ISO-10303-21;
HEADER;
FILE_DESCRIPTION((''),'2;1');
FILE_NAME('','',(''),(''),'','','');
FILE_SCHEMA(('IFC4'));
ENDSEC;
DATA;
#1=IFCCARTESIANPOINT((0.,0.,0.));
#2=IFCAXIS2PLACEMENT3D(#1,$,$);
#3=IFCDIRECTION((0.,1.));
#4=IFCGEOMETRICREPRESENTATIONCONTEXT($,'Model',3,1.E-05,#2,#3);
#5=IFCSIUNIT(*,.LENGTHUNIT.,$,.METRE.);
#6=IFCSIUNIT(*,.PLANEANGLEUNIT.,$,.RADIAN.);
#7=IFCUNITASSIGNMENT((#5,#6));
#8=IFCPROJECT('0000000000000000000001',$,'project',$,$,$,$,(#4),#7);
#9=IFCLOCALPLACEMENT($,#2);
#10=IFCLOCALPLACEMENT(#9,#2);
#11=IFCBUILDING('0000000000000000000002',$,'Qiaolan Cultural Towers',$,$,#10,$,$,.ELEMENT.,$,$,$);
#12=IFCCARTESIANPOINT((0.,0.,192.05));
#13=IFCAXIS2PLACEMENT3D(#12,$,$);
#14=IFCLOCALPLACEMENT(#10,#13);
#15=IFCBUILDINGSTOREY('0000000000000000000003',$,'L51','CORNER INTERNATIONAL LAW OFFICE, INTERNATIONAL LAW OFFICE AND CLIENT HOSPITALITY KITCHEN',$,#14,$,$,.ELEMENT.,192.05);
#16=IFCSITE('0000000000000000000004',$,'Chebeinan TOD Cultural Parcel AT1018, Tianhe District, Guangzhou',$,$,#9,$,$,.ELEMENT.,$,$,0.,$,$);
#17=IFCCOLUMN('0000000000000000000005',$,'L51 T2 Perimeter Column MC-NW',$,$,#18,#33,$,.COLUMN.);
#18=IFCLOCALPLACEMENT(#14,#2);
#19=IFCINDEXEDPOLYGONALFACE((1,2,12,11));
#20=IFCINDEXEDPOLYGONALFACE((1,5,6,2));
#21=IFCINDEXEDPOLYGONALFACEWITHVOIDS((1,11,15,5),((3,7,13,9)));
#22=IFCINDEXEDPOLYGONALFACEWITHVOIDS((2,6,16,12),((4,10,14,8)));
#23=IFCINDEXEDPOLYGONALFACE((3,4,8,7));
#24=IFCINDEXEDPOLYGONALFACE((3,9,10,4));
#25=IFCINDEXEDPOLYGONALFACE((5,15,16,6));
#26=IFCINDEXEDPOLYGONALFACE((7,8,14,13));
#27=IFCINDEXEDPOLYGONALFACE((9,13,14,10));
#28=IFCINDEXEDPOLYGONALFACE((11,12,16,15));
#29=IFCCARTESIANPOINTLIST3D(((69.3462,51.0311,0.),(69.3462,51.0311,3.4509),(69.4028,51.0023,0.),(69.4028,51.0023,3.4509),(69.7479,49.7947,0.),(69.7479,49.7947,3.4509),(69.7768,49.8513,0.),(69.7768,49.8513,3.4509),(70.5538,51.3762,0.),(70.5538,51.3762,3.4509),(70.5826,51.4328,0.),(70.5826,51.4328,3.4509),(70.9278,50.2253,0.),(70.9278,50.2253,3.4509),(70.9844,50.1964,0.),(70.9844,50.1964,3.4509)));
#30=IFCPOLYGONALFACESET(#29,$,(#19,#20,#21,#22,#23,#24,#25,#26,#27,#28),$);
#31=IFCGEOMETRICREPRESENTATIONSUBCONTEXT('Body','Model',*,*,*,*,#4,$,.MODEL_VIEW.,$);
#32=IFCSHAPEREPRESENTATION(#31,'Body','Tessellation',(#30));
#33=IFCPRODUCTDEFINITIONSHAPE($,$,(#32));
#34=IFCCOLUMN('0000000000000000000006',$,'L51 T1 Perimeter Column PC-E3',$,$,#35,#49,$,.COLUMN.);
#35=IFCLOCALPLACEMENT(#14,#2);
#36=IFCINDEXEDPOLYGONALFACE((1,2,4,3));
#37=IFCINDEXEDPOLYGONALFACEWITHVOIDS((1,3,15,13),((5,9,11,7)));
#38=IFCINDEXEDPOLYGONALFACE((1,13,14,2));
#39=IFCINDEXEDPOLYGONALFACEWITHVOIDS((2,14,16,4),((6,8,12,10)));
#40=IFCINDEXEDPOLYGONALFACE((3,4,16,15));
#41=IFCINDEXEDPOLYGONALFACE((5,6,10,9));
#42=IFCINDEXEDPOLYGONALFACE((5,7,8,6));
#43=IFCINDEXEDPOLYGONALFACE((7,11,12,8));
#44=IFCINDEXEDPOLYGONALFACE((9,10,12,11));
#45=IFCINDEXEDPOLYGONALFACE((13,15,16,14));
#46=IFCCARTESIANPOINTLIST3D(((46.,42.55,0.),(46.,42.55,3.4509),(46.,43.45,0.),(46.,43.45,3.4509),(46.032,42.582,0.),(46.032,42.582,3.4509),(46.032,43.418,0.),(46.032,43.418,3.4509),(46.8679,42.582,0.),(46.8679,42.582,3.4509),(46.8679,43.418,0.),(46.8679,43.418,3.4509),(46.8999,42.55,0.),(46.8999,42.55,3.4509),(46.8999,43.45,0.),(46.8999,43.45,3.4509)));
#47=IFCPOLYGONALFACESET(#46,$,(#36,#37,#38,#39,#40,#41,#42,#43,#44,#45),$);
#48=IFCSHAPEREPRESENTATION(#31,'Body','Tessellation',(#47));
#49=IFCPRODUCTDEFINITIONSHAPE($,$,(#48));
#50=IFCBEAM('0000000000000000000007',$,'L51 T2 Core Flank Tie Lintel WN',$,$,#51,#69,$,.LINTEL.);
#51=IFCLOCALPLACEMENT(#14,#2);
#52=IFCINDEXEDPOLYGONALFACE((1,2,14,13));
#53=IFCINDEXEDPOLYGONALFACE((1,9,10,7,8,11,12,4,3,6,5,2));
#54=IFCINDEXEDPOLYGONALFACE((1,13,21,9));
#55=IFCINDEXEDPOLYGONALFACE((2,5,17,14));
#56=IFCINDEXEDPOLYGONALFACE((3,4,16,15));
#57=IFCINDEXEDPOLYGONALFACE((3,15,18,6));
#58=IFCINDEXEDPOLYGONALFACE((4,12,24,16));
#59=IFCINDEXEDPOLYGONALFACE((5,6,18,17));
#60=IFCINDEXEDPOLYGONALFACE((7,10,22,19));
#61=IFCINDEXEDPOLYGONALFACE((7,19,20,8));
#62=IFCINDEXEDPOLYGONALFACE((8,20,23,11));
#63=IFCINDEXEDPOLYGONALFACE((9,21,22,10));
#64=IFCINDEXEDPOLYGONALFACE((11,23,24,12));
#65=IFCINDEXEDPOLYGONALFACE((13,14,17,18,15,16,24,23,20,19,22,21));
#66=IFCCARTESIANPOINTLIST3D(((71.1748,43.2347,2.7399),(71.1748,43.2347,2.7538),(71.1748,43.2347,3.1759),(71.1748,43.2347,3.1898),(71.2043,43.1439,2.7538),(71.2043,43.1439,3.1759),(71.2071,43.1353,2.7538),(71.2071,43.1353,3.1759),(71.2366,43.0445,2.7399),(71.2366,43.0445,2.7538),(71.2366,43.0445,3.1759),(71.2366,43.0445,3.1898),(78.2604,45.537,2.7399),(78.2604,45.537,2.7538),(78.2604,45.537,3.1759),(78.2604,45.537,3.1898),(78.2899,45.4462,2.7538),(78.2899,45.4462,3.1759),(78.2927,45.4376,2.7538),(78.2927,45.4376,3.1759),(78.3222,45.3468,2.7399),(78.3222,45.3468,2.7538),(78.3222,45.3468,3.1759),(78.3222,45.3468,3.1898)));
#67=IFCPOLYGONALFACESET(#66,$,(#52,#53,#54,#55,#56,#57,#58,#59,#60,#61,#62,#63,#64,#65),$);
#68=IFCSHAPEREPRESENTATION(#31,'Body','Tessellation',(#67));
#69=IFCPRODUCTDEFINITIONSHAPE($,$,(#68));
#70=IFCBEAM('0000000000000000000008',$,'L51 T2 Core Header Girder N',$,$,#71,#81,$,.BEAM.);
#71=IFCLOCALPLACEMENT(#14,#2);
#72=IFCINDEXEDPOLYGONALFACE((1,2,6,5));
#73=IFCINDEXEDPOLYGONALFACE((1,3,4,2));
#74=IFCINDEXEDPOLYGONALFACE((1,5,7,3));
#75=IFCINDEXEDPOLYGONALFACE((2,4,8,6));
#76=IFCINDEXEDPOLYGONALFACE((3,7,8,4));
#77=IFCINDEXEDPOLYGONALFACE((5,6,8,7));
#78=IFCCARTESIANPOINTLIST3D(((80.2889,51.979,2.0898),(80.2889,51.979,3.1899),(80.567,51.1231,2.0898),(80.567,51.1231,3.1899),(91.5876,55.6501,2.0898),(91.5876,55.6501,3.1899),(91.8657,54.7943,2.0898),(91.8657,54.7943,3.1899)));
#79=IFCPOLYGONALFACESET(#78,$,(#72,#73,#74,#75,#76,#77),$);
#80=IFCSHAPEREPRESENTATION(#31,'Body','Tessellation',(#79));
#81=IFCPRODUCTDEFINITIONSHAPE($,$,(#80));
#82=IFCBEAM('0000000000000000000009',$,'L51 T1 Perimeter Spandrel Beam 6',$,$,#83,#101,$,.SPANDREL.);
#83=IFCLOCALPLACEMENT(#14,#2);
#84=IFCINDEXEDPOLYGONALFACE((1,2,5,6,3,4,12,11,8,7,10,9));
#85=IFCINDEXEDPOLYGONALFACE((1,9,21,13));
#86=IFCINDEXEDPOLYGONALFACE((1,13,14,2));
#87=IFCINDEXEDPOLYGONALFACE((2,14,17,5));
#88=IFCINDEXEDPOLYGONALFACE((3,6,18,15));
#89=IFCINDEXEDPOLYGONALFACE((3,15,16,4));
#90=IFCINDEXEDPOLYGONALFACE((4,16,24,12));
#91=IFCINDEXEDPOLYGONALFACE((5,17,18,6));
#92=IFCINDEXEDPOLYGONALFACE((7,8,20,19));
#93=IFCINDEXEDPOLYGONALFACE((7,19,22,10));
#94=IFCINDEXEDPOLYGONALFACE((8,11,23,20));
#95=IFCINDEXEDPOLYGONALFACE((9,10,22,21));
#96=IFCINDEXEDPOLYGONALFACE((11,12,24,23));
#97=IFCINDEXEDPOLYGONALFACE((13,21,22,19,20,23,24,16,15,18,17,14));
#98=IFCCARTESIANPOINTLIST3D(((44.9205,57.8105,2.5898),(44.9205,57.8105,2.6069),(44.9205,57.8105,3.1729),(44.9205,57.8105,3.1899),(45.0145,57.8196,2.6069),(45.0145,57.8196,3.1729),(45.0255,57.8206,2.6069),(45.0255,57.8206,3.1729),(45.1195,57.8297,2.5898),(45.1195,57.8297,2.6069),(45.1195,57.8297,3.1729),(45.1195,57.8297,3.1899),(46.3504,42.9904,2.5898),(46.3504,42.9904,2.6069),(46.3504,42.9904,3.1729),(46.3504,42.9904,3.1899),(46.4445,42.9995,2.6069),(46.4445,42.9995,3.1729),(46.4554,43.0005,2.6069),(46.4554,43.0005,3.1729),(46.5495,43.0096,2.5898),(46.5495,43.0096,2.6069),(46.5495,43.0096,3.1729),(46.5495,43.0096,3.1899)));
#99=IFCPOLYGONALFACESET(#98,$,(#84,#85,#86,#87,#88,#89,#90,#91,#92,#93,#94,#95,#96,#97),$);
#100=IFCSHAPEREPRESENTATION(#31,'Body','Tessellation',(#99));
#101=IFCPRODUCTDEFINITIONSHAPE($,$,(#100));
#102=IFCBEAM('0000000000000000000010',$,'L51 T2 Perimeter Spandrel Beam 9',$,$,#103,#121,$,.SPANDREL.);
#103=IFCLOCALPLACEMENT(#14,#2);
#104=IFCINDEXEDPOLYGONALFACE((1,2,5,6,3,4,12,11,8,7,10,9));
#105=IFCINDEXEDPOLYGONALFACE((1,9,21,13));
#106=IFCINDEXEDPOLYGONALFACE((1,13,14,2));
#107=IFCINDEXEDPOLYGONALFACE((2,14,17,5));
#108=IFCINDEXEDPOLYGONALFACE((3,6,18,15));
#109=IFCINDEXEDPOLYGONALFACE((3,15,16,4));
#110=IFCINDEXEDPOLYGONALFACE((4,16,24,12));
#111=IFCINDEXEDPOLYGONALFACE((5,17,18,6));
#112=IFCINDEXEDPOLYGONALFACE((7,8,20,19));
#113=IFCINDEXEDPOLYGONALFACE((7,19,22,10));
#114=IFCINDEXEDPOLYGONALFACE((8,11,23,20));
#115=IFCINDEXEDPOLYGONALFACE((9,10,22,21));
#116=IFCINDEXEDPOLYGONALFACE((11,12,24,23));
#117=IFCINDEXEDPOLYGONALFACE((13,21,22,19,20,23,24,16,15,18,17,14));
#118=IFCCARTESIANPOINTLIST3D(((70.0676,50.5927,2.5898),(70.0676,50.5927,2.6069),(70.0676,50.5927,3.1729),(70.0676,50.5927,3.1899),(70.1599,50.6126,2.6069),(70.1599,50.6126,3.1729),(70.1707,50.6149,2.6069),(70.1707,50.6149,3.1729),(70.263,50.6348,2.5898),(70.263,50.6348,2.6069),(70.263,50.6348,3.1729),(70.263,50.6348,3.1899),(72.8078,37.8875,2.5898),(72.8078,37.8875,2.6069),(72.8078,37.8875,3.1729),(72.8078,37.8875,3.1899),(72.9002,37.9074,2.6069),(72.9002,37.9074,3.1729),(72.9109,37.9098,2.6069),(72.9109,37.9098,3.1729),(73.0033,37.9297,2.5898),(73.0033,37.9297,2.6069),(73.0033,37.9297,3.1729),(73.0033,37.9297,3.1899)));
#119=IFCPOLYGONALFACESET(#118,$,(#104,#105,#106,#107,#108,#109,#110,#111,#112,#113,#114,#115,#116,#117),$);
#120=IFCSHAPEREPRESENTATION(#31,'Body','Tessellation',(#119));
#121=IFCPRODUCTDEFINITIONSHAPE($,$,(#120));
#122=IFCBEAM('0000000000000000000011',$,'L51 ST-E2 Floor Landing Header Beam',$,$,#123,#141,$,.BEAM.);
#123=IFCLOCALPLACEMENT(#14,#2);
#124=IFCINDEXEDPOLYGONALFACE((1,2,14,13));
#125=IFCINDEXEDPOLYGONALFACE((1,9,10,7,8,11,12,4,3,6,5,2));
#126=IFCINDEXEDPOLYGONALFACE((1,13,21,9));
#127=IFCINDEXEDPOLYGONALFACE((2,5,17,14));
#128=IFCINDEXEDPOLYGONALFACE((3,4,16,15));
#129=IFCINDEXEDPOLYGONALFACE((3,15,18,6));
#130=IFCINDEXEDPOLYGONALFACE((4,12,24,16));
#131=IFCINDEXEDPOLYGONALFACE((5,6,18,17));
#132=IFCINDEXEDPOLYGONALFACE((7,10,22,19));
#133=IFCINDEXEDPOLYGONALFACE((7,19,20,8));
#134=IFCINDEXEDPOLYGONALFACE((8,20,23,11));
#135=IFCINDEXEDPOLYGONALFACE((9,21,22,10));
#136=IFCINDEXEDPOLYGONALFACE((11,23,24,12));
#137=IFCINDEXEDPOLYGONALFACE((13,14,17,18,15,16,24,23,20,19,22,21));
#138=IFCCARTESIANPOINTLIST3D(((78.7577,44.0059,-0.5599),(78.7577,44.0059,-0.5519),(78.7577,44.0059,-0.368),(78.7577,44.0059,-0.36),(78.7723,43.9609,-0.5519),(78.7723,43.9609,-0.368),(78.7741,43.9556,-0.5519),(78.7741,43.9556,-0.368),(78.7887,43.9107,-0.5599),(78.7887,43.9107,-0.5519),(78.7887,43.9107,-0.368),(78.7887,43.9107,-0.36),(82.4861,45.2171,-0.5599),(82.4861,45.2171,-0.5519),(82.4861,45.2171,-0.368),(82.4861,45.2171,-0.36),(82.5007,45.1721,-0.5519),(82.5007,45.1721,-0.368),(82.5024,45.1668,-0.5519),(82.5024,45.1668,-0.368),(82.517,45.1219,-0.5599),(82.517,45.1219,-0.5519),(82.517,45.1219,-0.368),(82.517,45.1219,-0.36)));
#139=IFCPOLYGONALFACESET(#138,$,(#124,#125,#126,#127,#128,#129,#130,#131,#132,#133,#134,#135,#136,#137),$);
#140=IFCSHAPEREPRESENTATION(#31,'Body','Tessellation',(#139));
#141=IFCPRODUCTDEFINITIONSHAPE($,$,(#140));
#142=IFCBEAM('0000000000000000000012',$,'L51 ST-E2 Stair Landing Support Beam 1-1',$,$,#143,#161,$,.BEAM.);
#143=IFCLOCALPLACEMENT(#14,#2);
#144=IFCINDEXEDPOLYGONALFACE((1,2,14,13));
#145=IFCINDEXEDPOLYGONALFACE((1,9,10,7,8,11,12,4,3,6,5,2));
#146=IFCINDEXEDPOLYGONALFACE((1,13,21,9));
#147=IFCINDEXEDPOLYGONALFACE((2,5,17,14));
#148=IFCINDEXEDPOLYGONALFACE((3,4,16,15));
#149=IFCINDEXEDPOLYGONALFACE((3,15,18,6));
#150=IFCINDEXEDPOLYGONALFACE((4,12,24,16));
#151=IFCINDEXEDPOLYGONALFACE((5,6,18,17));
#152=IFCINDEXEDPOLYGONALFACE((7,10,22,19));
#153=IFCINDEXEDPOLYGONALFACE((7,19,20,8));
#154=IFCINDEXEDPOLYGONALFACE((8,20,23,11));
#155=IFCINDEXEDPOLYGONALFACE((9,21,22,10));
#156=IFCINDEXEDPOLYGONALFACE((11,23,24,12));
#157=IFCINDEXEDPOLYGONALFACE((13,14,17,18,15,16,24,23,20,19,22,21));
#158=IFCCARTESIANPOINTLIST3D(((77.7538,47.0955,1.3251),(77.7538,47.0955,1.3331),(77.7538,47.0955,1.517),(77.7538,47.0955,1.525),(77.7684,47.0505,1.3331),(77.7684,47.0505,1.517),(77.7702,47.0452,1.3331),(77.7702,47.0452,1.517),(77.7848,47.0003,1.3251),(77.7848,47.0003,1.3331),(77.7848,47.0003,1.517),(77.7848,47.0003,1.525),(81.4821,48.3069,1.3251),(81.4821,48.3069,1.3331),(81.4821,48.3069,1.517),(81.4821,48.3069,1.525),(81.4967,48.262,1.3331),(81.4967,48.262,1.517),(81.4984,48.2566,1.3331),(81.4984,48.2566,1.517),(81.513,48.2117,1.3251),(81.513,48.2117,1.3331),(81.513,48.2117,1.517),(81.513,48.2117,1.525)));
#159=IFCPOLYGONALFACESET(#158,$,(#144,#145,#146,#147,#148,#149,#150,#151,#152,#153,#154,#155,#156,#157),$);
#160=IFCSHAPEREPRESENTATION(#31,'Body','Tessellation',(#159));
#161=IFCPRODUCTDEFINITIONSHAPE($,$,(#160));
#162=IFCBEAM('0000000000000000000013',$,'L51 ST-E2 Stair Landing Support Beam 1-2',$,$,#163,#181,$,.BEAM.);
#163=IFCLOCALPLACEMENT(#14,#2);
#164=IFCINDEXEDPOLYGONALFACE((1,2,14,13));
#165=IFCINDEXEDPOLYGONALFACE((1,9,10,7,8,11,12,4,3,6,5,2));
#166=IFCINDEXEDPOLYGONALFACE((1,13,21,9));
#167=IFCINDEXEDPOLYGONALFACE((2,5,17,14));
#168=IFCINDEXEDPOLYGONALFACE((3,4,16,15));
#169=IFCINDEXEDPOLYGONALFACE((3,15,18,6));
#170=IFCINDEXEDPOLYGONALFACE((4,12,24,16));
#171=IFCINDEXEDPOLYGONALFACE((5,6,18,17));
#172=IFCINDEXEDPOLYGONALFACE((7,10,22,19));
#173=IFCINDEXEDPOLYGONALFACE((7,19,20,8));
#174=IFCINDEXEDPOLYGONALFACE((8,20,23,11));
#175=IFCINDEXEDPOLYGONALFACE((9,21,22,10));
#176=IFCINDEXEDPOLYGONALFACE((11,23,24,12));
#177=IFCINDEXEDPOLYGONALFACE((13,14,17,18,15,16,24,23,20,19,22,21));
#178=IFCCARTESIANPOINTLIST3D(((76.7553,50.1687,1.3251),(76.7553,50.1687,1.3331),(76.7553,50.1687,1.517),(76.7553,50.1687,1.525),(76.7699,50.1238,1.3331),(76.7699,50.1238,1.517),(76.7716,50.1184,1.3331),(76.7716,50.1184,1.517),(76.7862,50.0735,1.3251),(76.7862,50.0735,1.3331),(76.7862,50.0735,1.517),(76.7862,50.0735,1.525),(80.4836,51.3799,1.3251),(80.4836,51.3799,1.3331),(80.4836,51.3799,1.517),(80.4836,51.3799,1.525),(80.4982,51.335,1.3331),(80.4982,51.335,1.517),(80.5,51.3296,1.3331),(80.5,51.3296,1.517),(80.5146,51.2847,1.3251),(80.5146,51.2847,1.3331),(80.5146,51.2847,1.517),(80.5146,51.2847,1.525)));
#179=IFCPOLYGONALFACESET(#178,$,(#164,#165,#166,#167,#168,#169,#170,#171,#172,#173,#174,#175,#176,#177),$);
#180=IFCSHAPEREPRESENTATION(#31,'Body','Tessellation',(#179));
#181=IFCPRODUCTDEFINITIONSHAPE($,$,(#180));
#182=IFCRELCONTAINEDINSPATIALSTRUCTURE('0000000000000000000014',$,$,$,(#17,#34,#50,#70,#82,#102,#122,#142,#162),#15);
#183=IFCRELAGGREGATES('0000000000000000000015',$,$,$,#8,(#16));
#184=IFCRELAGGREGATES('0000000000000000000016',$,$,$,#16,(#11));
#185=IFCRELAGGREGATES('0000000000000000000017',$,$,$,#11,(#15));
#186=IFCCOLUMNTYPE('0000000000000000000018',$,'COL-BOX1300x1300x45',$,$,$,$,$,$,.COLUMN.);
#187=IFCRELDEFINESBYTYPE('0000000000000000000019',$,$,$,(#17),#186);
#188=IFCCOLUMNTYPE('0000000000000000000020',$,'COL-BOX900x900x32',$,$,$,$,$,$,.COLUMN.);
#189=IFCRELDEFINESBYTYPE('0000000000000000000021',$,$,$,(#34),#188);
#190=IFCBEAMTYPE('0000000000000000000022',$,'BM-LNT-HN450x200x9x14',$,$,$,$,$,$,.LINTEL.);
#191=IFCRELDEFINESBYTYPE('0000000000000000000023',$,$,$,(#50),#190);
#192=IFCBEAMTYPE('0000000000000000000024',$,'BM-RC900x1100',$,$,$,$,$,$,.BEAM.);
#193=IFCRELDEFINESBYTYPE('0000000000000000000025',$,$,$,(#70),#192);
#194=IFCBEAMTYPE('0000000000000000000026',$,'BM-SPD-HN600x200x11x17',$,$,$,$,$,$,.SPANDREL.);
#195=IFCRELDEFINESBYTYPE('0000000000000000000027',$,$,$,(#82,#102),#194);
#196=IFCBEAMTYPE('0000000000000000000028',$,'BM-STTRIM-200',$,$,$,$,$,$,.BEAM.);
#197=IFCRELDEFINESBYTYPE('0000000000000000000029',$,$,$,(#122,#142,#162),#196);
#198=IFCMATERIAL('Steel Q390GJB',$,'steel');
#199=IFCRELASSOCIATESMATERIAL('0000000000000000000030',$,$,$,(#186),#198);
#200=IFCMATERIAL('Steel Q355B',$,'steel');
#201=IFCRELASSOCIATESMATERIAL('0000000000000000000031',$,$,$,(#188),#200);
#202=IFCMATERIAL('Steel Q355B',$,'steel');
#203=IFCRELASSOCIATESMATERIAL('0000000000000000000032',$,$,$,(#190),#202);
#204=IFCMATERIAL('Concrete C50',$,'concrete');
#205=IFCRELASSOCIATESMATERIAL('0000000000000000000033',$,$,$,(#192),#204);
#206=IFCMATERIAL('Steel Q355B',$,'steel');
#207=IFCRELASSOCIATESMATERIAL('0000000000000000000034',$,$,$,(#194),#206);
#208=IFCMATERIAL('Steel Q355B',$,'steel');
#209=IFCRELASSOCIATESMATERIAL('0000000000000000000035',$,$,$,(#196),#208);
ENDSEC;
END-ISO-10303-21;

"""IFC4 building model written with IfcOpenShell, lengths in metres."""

from ifc_helpers import new_model, si_unit, direction, frame, origin, origin_2d, place, context, subcontext, project, spatial, rectangle, hollow_rectangle, i_section, extrude, material, material_profile, profile_set, type_object, element, save


model = new_model("IFC4")

# Units and contexts
model_context = context("Model", 3, precision=1e-05, world=origin(), true_north=direction((0.0, 1.0)))
body_context = subcontext(model_context, "Body", "Model", "MODEL_VIEW")
ifc_project = project(units=[si_unit("LENGTHUNIT", "METRE"), si_unit("PLANEANGLEUNIT", "RADIAN")], contexts=[model_context])

# Site, building, storey
site_placement = place(None, origin())
site = spatial("IfcSite", under=ifc_project, at=site_placement, Name="Chebeinan TOD Cultural Parcel AT1018, Tianhe District, Guangzhou", CompositionType="ELEMENT", RefElevation=0.0)
building_placement = place(site_placement, origin())
building = spatial("IfcBuilding", under=site, at=building_placement, Name="Qiaolan Cultural Towers", CompositionType="ELEMENT")
storey_placement = place(building_placement, frame((0.0, 0.0, 192.05)))
storey = spatial("IfcBuildingStorey", under=building, at=storey_placement, Name="L51", Description="CORNER INTERNATIONAL LAW OFFICE, INTERNATIONAL LAW OFFICE AND CLIENT HOSPITALITY KITCHEN", CompositionType="ELEMENT", Elevation=192.05)

# Columns
ifc_material_1 = material(Name="Steel Q390GJB", Category="steel")
ifc_material_profile_1 = material_profile(ifc_material_1, hollow_rectangle(XDim=1.3, YDim=1.3, WallThickness=0.0449, at=origin_2d()), Name="BOX1300x1300x45")
ifc_profile_set_1 = profile_set([ifc_material_profile_1], Name="Steel Q390GJB")
column_type_1 = type_object("IfcColumnType", Name="COL-BOX1300x1300x45", PredefinedType="COLUMN", material=ifc_profile_set_1)
column_1_placement = place(storey_placement, frame((70.1653, 50.6138, 0.0), z_axis=(0.0, 0.0, 1.0), x_axis=(0.951057, 0.309017, 0.0)))
element("IfcColumn", 1, at=column_1_placement, inside=storey, type_object=column_type_1, Name="L51 T2 Perimeter Column MC-NW", PredefinedType="COLUMN", context=body_context, shape_type="SweptSolid", body=[
    extrude(hollow_rectangle(XDim=1.3, YDim=1.3, WallThickness=0.0449, at=origin_2d()), origin(), (0.0, 0.0, 1.0), 3.4509),
])
ifc_material_2 = material(Name="Steel Q355B", Category="steel")
ifc_material_profile_2 = material_profile(ifc_material_2, hollow_rectangle(XDim=0.8999, YDim=0.8999, WallThickness=0.032, at=origin_2d()), Name="BOX900x900x32")
ifc_profile_set_2 = profile_set([ifc_material_profile_2], Name="Steel Q355B")
column_type_2 = type_object("IfcColumnType", Name="COL-BOX900x900x32", PredefinedType="COLUMN", material=ifc_profile_set_2)
column_2_placement = place(storey_placement, frame((46.45, 43.0, 0.0), z_axis=(0.0, 0.0, 1.0), x_axis=(1.0, 0.0, 0.0)))
element("IfcColumn", 2, at=column_2_placement, inside=storey, type_object=column_type_2, Name="L51 T1 Perimeter Column PC-E3", PredefinedType="COLUMN", context=body_context, shape_type="SweptSolid", body=[
    extrude(hollow_rectangle(XDim=0.8999, YDim=0.8999, WallThickness=0.032, at=origin_2d()), origin(), (0.0, 0.0, 1.0), 3.4509),
])

# Beams
ifc_material_3 = material(Name="Steel Q355B", Category="steel")
ifc_material_profile_3 = material_profile(ifc_material_3, i_section(OverallWidth=0.2, OverallDepth=0.45, WebThickness=0.009, FlangeThickness=0.0139, at=origin_2d()), Name="HN450x200x9x14")
ifc_profile_set_3 = profile_set([ifc_material_profile_3], Name="Steel Q355B")
beam_type_1 = type_object("IfcBeamType", Name="BM-LNT-HN450x200x9x14", PredefinedType="LINTEL", material=ifc_profile_set_3)
beam_1_placement = place(storey_placement, frame((78.2913, 45.4419, 2.9648), z_axis=(-0.951055, -0.309022, 0.0), x_axis=(0.309022, -0.951055, 0.0)))
element("IfcBeam", 3, at=beam_1_placement, inside=storey, type_object=beam_type_1, Name="L51 T2 Core Flank Tie Lintel WN", PredefinedType="LINTEL", context=body_context, shape_type="SweptSolid", body=[
    extrude(i_section(OverallWidth=0.2, OverallDepth=0.45, WebThickness=0.009, FlangeThickness=0.0139, at=origin_2d()), origin(), (0.0, 0.0, 1.0), 7.4502),
])
ifc_material_4 = material(Name="Concrete C50", Category="concrete")
ifc_material_profile_4 = material_profile(ifc_material_4, rectangle(XDim=0.8999, YDim=1.1001, at=origin_2d()), Name="RC900x1100")
ifc_profile_set_4 = profile_set([ifc_material_profile_4], Name="Concrete C50")
beam_type_2 = type_object("IfcBeamType", Name="BM-RC900x1100", PredefinedType="BEAM", material=ifc_profile_set_4)
beam_2_placement = place(storey_placement, frame((80.428, 51.551, 2.6399), z_axis=(0.951056, 0.309018, 0.0), x_axis=(-0.309018, 0.951056, 0.0)))
element("IfcBeam", 4, at=beam_2_placement, inside=storey, type_object=beam_type_2, Name="L51 T2 Core Header Girder N", PredefinedType="BEAM", context=body_context, shape_type="SweptSolid", body=[
    extrude(rectangle(XDim=0.8999, YDim=1.1001, at=origin_2d()), origin(), (0.0, 0.0, 1.0), 11.8801),
])
ifc_material_5 = material(Name="Steel Q355B", Category="steel")
ifc_material_profile_5 = material_profile(ifc_material_5, i_section(OverallWidth=0.2, OverallDepth=0.6001, WebThickness=0.011, FlangeThickness=0.0171, at=origin_2d()), Name="HN600x200x11x17")
ifc_profile_set_5 = profile_set([ifc_material_profile_5], Name="Steel Q355B")
beam_type_3 = type_object("IfcBeamType", Name="BM-SPD-HN600x200x11x17", PredefinedType="SPANDREL", material=ifc_profile_set_5)
beam_3_placement = place(storey_placement, frame((46.45, 43.0, 2.8899), z_axis=(-0.09604, 0.995377, 0.0), x_axis=(-0.995377, -0.09604, 0.0)))
element("IfcBeam", 5, at=beam_3_placement, inside=storey, type_object=beam_type_3, Name="L51 T1 Perimeter Spandrel Beam 6", PredefinedType="SPANDREL", context=body_context, shape_type="SweptSolid", body=[
    extrude(i_section(OverallWidth=0.2, OverallDepth=0.6001, WebThickness=0.011, FlangeThickness=0.0171, at=origin_2d()), origin(), (0.0, 0.0, 1.0), 14.8889),
])
beam_4_placement = place(storey_placement, frame((70.1653, 50.6138, 2.8899), z_axis=(0.210832, -0.977522, 0.0), x_axis=(0.977522, 0.210832, 0.0)))
element("IfcBeam", 6, at=beam_4_placement, inside=storey, type_object=beam_type_3, Name="L51 T2 Perimeter Spandrel Beam 9", PredefinedType="SPANDREL", context=body_context, shape_type="SweptSolid", body=[
    extrude(i_section(OverallWidth=0.2, OverallDepth=0.6001, WebThickness=0.011, FlangeThickness=0.0171, at=origin_2d()), origin(), (0.0, 0.0, 1.0), 12.9973),
])
ifc_material_6 = material(Name="Steel Q355B", Category="steel")
ifc_material_profile_6 = material_profile(ifc_material_6, i_section(OverallWidth=0.1001, OverallDepth=0.2, WebThickness=0.0056, FlangeThickness=0.0081, at=origin_2d()), Name="HN200x100x5.5x8")
ifc_profile_set_6 = profile_set([ifc_material_profile_6], Name="Steel Q355B")
beam_type_4 = type_object("IfcBeamType", Name="BM-STTRIM-200", PredefinedType="BEAM", material=ifc_profile_set_6)
for number, where, z_axis, x_axis, name in (
    (7, (78.7732, 43.9583, -0.46), (0.951072, 0.308969, 0.0), (-0.308969, 0.951072, 0.0), "L51 ST-E2 Floor Landing Header Beam"),
    (8, (77.7693, 47.0479, 1.425), (0.951054, 0.309026, 0.0), (-0.309026, 0.951054, 0.0), "L51 ST-E2 Stair Landing Support Beam 1-1"),
    (9, (76.7708, 50.1211, 1.425), (0.951072, 0.308969, 0.0), (-0.308969, 0.951072, 0.0), "L51 ST-E2 Stair Landing Support Beam 1-2"),
):
    element("IfcBeam", number, at=place(storey_placement, frame(where, z_axis=z_axis, x_axis=x_axis)), inside=storey, type_object=beam_type_4, Name=name, PredefinedType="BEAM", context=body_context, shape_type="SweptSolid", body=[
        extrude(i_section(OverallWidth=0.1001, OverallDepth=0.2, WebThickness=0.0056, FlangeThickness=0.0081, at=origin_2d()), origin(), (0.0, 0.0, 1.0), 3.9202),
    ])

save(model, "model.ifc")
